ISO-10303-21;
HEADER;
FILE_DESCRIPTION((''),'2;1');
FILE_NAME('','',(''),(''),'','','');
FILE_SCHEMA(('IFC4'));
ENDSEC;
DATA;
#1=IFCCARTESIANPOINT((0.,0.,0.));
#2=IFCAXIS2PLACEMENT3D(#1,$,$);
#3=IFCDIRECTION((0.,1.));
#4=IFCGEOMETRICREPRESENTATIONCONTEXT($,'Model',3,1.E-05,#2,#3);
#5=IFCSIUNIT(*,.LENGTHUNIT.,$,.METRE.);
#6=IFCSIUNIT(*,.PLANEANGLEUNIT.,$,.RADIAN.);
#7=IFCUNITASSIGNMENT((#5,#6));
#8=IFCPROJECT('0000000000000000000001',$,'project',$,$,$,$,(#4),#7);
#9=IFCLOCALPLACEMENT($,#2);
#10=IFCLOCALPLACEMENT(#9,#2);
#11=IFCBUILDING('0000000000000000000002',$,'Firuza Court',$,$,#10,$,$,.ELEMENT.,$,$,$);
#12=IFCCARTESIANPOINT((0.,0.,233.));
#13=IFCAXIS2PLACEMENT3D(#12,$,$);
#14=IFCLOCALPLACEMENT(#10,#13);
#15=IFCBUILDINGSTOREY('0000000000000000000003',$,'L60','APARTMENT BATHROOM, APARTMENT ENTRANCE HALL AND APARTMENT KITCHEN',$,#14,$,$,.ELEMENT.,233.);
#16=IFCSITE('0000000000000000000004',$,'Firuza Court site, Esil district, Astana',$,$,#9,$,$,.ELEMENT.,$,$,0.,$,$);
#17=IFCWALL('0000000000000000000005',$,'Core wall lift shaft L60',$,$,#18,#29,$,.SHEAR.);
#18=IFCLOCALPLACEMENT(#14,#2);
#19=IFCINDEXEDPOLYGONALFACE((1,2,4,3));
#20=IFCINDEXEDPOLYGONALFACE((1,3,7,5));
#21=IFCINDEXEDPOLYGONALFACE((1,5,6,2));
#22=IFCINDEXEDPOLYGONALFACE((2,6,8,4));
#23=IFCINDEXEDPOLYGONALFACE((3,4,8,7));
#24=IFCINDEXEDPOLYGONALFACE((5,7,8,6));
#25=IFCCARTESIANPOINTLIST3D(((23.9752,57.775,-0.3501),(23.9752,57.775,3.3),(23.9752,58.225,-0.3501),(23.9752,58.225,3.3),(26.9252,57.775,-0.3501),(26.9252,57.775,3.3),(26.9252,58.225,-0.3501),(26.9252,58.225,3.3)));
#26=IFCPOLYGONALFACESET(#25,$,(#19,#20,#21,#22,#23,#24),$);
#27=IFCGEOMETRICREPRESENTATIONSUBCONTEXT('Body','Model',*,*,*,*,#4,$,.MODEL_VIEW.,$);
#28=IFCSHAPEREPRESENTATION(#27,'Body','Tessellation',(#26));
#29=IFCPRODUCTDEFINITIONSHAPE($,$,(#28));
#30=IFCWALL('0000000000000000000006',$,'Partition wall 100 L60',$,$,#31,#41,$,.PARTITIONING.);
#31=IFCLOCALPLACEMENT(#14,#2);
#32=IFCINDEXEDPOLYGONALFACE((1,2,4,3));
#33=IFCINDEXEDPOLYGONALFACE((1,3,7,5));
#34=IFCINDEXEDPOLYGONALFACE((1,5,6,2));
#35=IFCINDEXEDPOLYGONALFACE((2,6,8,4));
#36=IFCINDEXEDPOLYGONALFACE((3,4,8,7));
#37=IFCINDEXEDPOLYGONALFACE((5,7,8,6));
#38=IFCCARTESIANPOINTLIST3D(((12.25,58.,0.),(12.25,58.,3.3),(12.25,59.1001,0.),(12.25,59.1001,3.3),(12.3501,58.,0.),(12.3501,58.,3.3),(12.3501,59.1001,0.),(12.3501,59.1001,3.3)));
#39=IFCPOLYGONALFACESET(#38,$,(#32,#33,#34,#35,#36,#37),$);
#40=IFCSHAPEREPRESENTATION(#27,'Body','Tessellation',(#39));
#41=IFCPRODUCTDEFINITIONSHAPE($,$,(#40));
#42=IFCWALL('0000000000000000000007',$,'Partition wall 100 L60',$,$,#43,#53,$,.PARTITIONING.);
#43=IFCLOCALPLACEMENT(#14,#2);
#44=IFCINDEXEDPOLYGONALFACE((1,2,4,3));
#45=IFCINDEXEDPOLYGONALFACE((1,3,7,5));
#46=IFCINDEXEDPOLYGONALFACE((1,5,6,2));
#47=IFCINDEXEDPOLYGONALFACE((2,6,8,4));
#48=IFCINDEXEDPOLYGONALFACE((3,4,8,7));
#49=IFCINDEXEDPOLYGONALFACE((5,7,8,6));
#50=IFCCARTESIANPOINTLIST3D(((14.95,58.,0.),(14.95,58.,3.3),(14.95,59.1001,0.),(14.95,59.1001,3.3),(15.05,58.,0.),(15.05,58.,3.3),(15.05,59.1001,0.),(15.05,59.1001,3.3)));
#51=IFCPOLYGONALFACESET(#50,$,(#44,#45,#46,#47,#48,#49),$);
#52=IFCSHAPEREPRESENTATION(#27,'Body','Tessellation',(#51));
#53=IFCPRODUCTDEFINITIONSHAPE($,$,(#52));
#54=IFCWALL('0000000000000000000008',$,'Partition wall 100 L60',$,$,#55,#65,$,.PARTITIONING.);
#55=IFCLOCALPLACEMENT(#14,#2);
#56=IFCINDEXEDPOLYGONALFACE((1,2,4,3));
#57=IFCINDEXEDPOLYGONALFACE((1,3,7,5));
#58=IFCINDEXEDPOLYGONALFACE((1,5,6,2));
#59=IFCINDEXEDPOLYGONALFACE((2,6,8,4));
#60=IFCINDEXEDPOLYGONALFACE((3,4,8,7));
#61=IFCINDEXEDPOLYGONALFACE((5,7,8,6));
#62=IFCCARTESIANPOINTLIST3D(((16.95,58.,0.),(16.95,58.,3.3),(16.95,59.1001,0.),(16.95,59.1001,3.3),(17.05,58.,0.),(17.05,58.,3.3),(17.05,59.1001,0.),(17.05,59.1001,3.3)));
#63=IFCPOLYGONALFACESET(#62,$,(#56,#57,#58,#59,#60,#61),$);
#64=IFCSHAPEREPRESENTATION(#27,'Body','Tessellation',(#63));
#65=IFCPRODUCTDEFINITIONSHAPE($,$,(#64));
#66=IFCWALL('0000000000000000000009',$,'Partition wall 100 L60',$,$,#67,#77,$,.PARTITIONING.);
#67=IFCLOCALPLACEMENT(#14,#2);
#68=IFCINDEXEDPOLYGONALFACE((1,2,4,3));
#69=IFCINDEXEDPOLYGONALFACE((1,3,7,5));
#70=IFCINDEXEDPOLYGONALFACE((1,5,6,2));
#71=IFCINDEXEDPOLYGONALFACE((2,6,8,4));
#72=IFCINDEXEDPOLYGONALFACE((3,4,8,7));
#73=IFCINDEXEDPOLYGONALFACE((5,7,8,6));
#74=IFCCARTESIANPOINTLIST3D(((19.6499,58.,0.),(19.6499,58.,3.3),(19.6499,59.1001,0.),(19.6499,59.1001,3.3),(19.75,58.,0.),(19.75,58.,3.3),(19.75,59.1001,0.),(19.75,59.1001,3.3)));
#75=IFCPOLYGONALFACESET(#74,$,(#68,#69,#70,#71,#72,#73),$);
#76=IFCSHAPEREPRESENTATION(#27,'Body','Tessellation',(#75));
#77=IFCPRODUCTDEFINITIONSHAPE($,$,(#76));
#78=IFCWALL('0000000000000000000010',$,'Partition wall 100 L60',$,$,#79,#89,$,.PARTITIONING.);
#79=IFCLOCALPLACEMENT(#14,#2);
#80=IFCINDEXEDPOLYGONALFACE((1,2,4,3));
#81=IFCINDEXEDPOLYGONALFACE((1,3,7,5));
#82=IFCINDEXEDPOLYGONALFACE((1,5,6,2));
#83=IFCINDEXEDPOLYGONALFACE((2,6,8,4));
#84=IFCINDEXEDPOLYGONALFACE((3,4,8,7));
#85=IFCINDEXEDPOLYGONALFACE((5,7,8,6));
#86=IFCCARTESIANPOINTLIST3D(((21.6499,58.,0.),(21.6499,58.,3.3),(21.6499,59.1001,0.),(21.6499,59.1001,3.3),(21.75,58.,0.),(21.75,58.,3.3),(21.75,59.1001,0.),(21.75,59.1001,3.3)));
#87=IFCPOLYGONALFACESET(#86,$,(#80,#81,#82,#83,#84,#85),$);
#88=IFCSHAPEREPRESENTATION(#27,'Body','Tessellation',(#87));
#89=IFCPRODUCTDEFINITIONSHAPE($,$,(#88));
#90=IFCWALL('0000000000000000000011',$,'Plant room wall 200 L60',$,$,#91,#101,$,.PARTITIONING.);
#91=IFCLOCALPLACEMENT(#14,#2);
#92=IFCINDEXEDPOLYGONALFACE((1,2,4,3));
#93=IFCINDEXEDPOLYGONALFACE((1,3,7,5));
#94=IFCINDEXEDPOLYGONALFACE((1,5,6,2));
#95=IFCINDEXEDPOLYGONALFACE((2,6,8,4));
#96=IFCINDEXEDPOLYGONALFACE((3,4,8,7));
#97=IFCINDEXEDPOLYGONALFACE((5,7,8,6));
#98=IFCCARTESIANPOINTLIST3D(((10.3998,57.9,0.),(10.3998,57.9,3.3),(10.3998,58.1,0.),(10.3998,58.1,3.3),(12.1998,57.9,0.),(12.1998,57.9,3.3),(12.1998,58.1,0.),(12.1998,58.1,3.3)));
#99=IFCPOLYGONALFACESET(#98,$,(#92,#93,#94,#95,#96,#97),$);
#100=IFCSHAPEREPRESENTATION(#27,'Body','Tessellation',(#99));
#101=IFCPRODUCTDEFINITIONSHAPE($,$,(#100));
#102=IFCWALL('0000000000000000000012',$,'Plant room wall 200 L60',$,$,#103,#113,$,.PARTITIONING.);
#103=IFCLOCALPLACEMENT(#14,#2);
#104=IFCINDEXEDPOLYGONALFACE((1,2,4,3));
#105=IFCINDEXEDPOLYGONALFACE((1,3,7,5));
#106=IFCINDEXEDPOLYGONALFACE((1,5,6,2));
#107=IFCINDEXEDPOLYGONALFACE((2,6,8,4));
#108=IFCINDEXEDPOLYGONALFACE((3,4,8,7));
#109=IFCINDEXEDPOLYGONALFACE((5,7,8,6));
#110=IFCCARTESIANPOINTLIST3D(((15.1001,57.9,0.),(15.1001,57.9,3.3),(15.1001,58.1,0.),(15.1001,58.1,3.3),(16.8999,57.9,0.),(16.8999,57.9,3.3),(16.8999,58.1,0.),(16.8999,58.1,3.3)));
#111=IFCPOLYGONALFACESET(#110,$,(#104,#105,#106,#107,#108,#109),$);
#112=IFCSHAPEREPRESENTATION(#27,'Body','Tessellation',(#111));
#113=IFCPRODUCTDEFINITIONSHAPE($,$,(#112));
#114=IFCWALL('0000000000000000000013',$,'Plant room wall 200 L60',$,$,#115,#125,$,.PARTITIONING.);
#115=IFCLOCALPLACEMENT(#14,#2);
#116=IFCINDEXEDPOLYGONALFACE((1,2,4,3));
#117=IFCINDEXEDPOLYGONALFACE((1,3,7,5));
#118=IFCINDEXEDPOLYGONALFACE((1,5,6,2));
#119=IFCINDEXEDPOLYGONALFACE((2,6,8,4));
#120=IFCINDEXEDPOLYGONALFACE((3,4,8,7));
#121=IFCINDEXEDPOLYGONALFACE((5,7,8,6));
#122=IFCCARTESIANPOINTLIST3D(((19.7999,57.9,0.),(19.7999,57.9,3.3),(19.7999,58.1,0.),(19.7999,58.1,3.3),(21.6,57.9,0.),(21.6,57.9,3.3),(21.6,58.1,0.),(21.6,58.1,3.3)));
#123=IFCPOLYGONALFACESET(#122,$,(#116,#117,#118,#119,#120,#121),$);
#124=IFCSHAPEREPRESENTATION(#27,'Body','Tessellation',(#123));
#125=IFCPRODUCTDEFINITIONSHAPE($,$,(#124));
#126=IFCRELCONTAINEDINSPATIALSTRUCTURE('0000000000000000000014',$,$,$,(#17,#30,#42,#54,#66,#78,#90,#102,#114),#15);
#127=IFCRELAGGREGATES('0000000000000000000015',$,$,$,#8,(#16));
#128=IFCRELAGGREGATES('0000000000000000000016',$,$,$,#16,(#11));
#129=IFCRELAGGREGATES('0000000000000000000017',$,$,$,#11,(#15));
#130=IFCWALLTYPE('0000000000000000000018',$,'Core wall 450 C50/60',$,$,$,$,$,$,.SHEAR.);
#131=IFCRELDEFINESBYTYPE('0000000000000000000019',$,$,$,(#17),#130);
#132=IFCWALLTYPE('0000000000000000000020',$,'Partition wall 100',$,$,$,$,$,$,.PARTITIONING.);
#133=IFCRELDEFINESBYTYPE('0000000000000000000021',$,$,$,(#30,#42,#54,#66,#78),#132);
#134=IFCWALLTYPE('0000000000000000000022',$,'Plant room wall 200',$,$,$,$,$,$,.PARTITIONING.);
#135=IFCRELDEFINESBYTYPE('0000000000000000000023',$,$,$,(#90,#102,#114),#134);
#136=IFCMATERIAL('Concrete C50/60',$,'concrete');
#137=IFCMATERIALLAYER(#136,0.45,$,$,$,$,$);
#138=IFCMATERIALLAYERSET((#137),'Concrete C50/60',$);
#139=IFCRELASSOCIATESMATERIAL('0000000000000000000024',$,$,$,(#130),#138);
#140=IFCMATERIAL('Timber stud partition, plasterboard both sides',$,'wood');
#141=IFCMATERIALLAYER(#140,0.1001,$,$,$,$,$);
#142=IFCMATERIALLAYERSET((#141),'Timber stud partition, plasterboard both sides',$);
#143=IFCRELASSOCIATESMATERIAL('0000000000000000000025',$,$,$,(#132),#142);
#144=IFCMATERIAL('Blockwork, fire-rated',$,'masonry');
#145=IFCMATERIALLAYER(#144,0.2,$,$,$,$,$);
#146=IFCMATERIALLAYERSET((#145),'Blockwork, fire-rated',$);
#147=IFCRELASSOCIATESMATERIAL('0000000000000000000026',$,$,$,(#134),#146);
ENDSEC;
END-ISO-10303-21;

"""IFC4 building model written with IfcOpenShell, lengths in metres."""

from ifc_helpers import new_model, si_unit, direction, frame, frame_2d, origin, place, context, subcontext, project, spatial, rectangle, extrude, material, layer, layer_set, type_object, element, save


model = new_model("IFC4")

# Units and contexts
model_context = context("Model", 3, precision=1e-05, world=origin(), true_north=direction((0.0, 1.0)))
body_context = subcontext(model_context, "Body", "Model", "MODEL_VIEW")
ifc_project = project(units=[si_unit("LENGTHUNIT", "METRE"), si_unit("PLANEANGLEUNIT", "RADIAN")], contexts=[model_context])

# Site, building, storey
site_placement = place(None, origin())
site = spatial("IfcSite", under=ifc_project, at=site_placement, Name="Firuza Court site, Esil district, Astana", CompositionType="ELEMENT", RefElevation=0.0)
building_placement = place(site_placement, origin())
building = spatial("IfcBuilding", under=site, at=building_placement, Name="Firuza Court", CompositionType="ELEMENT")
storey_placement = place(building_placement, frame((0.0, 0.0, 233.0)))
storey = spatial("IfcBuildingStorey", under=building, at=storey_placement, Name="L60", Description="APARTMENT BATHROOM, APARTMENT ENTRANCE HALL AND APARTMENT KITCHEN", CompositionType="ELEMENT", Elevation=233.0)

# Walls
ifc_material_1 = material(Name="Concrete C50/60", Category="concrete")
ifc_layer_1 = layer(ifc_material_1, 0.45)
ifc_layer_set_1 = layer_set([ifc_layer_1], Name="Concrete C50/60")
wall_type_1 = type_object("IfcWallType", Name="Core wall 450 C50/60", PredefinedType="SHEAR", material=ifc_layer_set_1)
wall_1_placement = place(storey_placement, frame((23.9751, 58.0, -0.3501), z_axis=(0.0, 0.0, 1.0), x_axis=(1.0, 0.0, 0.0)))
element("IfcWall", 1, at=wall_1_placement, inside=storey, type_object=wall_type_1, Name="Core wall lift shaft L60", PredefinedType="SHEAR", context=body_context, shape_type="SweptSolid", body=[
    extrude(rectangle(XDim=2.95, YDim=0.45, at=frame_2d((1.4751, 0.0))), origin(), (0.0, 0.0, 1.0), 3.6501),
])
ifc_material_2 = material(Name="Timber stud partition, plasterboard both sides", Category="wood")
ifc_layer_2 = layer(ifc_material_2, 0.1001)
ifc_layer_set_2 = layer_set([ifc_layer_2], Name="Timber stud partition, plasterboard both sides")
wall_type_2 = type_object("IfcWallType", Name="Partition wall 100", PredefinedType="PARTITIONING", material=ifc_layer_set_2)
for number, where, z_axis, x_axis, name in (
    (2, (12.3, 58.0, 0.0), (0.0, 0.0, 1.0), (0.0, 1.0, 0.0), "Partition wall 100 L60"),
    (3, (15.0, 58.0, 0.0), (0.0, 0.0, 1.0), (0.0, 1.0, 0.0), "Partition wall 100 L60"),
    (4, (17.0, 58.0, 0.0), (0.0, 0.0, 1.0), (0.0, 1.0, 0.0), "Partition wall 100 L60"),
    (5, (19.7, 58.0, 0.0), (0.0, 0.0, 1.0), (0.0, 1.0, 0.0), "Partition wall 100 L60"),
    (6, (21.7, 58.0, 0.0), (0.0, 0.0, 1.0), (0.0, 1.0, 0.0), "Partition wall 100 L60"),
):
    element("IfcWall", number, at=place(storey_placement, frame(where, z_axis=z_axis, x_axis=x_axis)), inside=storey, type_object=wall_type_2, Name=name, PredefinedType="PARTITIONING", context=body_context, shape_type="SweptSolid", body=[
        extrude(rectangle(XDim=1.1001, YDim=0.1001, at=frame_2d((0.55, 0.0))), origin(), (0.0, 0.0, 1.0), 3.3),
    ])
ifc_material_3 = material(Name="Blockwork, fire-rated", Category="masonry")
ifc_layer_3 = layer(ifc_material_3, 0.2)
ifc_layer_set_3 = layer_set([ifc_layer_3], Name="Blockwork, fire-rated")
wall_type_3 = type_object("IfcWallType", Name="Plant room wall 200", PredefinedType="PARTITIONING", material=ifc_layer_set_3)
wall_2_placement = place(storey_placement, frame((10.3999, 58.0, 0.0), z_axis=(0.0, 0.0, 1.0), x_axis=(1.0, 0.0, 0.0)))
element("IfcWall", 7, at=wall_2_placement, inside=storey, type_object=wall_type_3, Name="Plant room wall 200 L60", PredefinedType="PARTITIONING", context=body_context, shape_type="SweptSolid", body=[
    extrude(rectangle(XDim=1.8, YDim=0.2, at=frame_2d((0.8999, 0.0))), origin(), (0.0, 0.0, 1.0), 3.3),
])
wall_3_placement = place(storey_placement, frame((15.1001, 58.0, 0.0), z_axis=(0.0, 0.0, 1.0), x_axis=(1.0, 0.0, 0.0)))
element("IfcWall", 8, at=wall_3_placement, inside=storey, type_object=wall_type_3, Name="Plant room wall 200 L60", PredefinedType="PARTITIONING", context=body_context, shape_type="SweptSolid", body=[
    extrude(rectangle(XDim=1.7998, YDim=0.2, at=frame_2d((0.8999, 0.0))), origin(), (0.0, 0.0, 1.0), 3.3),
])
wall_4_placement = place(storey_placement, frame((19.8, 58.0, 0.0), z_axis=(0.0, 0.0, 1.0), x_axis=(1.0, 0.0, 0.0)))
element("IfcWall", 9, at=wall_4_placement, inside=storey, type_object=wall_type_3, Name="Plant room wall 200 L60", PredefinedType="PARTITIONING", context=body_context, shape_type="SweptSolid", body=[
    extrude(rectangle(XDim=1.8, YDim=0.2, at=frame_2d((0.8999, 0.0))), origin(), (0.0, 0.0, 1.0), 3.3),
])

save(model, "model.ifc")
